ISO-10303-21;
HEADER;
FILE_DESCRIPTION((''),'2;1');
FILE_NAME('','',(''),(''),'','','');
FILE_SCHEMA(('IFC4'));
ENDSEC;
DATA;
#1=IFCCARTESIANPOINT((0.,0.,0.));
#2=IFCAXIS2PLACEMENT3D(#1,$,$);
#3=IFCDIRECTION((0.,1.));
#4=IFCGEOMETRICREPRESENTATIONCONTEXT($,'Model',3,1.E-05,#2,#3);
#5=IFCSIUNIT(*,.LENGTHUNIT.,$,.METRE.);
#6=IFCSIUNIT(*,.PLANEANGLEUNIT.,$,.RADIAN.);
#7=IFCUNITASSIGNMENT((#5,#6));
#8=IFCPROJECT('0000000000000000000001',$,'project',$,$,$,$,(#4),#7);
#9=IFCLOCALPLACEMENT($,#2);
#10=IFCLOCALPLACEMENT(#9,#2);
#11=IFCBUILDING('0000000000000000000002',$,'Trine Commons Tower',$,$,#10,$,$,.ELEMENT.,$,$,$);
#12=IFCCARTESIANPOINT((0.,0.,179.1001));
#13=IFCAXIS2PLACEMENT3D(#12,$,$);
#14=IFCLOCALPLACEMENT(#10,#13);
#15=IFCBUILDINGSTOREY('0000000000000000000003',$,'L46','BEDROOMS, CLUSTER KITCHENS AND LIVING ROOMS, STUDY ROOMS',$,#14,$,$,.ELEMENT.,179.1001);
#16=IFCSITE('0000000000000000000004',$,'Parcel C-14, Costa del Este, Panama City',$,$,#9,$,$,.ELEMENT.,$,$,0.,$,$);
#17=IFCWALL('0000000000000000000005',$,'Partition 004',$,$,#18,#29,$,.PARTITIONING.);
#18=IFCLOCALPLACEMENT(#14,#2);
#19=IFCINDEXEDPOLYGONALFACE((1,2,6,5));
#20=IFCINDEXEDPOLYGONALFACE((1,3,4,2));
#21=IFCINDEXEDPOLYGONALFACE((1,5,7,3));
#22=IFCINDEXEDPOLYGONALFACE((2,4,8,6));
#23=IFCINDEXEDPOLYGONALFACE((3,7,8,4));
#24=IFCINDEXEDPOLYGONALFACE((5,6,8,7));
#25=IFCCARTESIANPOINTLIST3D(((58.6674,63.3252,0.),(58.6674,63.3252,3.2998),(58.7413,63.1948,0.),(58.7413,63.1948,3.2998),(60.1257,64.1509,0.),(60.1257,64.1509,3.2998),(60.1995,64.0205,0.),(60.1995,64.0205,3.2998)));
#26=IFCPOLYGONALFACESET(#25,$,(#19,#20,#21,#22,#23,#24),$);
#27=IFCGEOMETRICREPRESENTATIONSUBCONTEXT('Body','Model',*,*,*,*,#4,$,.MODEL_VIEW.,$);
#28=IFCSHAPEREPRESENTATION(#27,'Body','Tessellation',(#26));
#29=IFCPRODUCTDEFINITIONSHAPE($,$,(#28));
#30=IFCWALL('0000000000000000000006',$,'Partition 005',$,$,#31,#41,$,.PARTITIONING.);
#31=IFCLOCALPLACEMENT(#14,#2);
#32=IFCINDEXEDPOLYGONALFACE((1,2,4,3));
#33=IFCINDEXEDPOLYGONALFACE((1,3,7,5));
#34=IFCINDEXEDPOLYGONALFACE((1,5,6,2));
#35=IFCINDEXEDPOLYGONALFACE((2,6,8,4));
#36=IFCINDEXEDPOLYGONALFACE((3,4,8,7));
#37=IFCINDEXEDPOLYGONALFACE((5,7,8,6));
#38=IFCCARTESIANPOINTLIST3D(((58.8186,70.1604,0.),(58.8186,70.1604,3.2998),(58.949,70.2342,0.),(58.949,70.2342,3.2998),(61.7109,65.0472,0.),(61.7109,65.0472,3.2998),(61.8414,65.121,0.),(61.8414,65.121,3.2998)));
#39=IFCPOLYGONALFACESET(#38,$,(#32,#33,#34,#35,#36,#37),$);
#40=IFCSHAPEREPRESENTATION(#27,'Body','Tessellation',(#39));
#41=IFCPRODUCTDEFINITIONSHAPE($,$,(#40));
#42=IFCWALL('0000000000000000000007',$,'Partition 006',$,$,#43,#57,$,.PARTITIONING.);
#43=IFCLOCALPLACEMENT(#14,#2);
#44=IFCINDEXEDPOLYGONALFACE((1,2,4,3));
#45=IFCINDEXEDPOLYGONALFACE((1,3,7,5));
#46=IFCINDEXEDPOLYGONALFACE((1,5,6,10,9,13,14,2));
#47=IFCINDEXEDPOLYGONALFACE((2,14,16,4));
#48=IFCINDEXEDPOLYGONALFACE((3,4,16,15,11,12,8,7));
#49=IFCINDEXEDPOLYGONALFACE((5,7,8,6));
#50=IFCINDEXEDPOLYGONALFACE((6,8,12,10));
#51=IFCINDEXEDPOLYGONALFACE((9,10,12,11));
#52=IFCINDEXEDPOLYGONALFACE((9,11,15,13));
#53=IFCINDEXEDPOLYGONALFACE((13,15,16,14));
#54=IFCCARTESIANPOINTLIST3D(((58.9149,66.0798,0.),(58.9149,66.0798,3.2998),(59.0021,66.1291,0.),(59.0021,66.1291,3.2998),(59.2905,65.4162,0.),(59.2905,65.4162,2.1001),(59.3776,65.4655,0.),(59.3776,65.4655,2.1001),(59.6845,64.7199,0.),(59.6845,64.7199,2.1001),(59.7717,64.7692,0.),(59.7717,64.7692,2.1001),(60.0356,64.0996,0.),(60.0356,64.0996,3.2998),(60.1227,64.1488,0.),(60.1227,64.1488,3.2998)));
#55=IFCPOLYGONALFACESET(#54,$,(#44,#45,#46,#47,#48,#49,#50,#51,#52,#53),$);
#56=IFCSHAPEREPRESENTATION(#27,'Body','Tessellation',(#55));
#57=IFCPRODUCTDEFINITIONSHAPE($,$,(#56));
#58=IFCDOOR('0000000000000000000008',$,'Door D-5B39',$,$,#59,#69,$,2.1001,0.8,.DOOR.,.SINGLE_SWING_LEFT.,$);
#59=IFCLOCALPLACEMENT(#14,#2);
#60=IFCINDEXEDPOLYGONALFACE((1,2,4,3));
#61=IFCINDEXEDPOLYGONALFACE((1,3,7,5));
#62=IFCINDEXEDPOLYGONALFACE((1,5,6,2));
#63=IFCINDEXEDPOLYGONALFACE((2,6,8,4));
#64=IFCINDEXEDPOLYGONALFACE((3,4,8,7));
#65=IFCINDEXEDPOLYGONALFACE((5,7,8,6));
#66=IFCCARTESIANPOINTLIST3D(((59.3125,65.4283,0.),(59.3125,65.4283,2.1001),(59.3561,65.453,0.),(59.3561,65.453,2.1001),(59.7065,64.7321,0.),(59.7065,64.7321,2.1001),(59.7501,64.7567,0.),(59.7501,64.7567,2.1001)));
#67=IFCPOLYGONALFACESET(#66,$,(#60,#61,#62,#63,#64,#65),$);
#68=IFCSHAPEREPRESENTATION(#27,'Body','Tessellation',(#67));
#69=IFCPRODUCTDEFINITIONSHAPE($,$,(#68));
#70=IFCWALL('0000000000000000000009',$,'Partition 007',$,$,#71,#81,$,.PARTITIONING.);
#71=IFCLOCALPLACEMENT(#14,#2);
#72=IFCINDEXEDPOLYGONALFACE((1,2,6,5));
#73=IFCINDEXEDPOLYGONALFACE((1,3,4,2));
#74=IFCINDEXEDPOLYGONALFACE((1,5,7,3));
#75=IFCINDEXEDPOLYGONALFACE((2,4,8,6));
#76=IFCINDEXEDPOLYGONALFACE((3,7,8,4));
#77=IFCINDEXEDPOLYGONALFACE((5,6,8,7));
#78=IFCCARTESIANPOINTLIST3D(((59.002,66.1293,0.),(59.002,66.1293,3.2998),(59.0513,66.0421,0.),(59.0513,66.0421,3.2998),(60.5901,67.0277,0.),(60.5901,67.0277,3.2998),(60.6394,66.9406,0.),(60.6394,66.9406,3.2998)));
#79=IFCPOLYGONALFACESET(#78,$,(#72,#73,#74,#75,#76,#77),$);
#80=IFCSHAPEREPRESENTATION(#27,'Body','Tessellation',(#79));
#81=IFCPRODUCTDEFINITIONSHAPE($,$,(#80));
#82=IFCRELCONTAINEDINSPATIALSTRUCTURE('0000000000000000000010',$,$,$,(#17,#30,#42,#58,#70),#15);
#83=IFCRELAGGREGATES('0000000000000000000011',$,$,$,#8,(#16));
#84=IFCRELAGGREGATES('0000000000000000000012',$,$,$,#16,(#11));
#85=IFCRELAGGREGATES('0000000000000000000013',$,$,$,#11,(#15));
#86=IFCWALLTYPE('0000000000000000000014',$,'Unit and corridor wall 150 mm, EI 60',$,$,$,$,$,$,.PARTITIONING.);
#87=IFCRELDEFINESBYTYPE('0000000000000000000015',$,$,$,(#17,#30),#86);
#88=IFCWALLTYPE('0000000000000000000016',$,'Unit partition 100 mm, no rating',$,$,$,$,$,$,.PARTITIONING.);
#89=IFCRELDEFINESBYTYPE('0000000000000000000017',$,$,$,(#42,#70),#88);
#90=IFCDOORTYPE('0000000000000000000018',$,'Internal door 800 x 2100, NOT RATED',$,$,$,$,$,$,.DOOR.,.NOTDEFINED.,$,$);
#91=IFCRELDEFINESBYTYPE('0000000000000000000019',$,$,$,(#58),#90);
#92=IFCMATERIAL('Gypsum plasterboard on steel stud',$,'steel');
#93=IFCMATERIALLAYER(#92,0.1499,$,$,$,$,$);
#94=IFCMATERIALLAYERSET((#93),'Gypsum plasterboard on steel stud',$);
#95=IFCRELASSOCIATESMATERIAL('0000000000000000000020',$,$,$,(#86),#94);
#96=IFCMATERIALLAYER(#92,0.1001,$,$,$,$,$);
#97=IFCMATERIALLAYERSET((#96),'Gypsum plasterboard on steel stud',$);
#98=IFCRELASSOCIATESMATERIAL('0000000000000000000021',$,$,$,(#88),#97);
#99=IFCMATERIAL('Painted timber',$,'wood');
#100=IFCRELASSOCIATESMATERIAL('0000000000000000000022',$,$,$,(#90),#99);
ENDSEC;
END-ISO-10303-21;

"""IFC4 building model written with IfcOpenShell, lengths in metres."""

from ifc_helpers import new_model, si_unit, direction, frame, frame_2d, origin, place, context, subcontext, project, spatial, rectangle, extrude, material, layer, layer_set, type_object, element, fill, save


model = new_model("IFC4")

# Units and contexts
model_context = context("Model", 3, precision=1e-05, world=origin(), true_north=direction((0.0, 1.0)))
body_context = subcontext(model_context, "Body", "Model", "MODEL_VIEW")
ifc_project = project(units=[si_unit("LENGTHUNIT", "METRE"), si_unit("PLANEANGLEUNIT", "RADIAN")], contexts=[model_context])

# Site, building, storey
site_placement = place(None, origin())
site = spatial("IfcSite", under=ifc_project, at=site_placement, Name="Parcel C-14, Costa del Este, Panama City", CompositionType="ELEMENT", RefElevation=0.0)
building_placement = place(site_placement, origin())
building = spatial("IfcBuilding", under=site, at=building_placement, Name="Trine Commons Tower", CompositionType="ELEMENT")
storey_placement = place(building_placement, frame((0.0, 0.0, 179.1001)))
storey = spatial("IfcBuildingStorey", under=building, at=storey_placement, Name="L46", Description="BEDROOMS, CLUSTER KITCHENS AND LIVING ROOMS, STUDY ROOMS", CompositionType="ELEMENT", Elevation=179.1001)

# Shared definitions
ifc_material_1 = material(Name="Gypsum plasterboard on steel stud", Category="steel")
ifc_layer_1 = layer(ifc_material_1, 0.1499)
ifc_layer_set_1 = layer_set([ifc_layer_1], Name="Gypsum plasterboard on steel stud")
wall_type_1 = type_object("IfcWallType", Name="Unit and corridor wall 150 mm, EI 60", PredefinedType="PARTITIONING", material=ifc_layer_set_1)

# Walls
wall_1_placement = place(storey_placement, frame((58.7043, 63.26, 0.0), z_axis=(0.0, 0.0, 1.0), x_axis=(0.870191, 0.492715, 0.0)))
element("IfcWall", 1, at=wall_1_placement, inside=storey, type_object=wall_type_1, Name="Partition 004", PredefinedType="PARTITIONING", context=body_context, shape_type="SweptSolid", body=[
    extrude(rectangle(XDim=1.6758, YDim=0.1499, at=frame_2d((0.8379, 0.0))), origin(), (0.0, 0.0, 1.0), 3.2998),
])
wall_2_placement = place(storey_placement, frame((58.8838, 70.1973, 0.0), z_axis=(0.0, 0.0, 1.0), x_axis=(0.492361, -0.870391, 0.0)))
element("IfcWall", 2, at=wall_2_placement, inside=storey, type_object=wall_type_1, Name="Partition 005", PredefinedType="PARTITIONING", context=body_context, shape_type="SweptSolid", body=[
    extrude(rectangle(XDim=5.8745, YDim=0.1499, at=frame_2d((2.9373, 0.0))), origin(), (0.0, 0.0, 1.0), 3.2998),
])

# Wall, opening, door
ifc_layer_2 = layer(ifc_material_1, 0.1001)
ifc_layer_set_2 = layer_set([ifc_layer_2], Name="Gypsum plasterboard on steel stud")
wall_type_2 = type_object("IfcWallType", Name="Unit partition 100 mm, no rating", PredefinedType="PARTITIONING", material=ifc_layer_set_2)
wall_3_placement = place(storey_placement, frame((58.9585, 66.1045, 0.0), z_axis=(0.0, 0.0, 1.0), x_axis=(0.492506, -0.870309, 0.0)))
wall_3 = element("IfcWall", 3, at=wall_3_placement, inside=storey, type_object=wall_type_2, Name="Partition 006", PredefinedType="PARTITIONING", context=body_context, shape_type="SweptSolid", body=[
    extrude(rectangle(XDim=2.2754, YDim=0.1001, at=frame_2d((1.1377, 0.0))), origin(), (0.0, 0.0, 1.0), 3.2998),
])
opening_1_placement = place(wall_3_placement, frame((0.7627, 0.0, 0.0)))
opening_1 = element("IfcOpeningElement", 4, at=opening_1_placement, cuts=wall_3, PredefinedType="OPENING", context=body_context, shape_type="SweptSolid", body=[
    extrude(rectangle(XDim=0.8, YDim=2.1001, at=frame_2d((0.3999, 1.05))), frame((0.0, 0.0601, 0.0), z_axis=(0.0, -1.0, 0.0), x_axis=(1.0, 0.0, 0.0)), (0.0, 0.0, 1.0), 0.1201),
])
ifc_material_2 = material(Name="Painted timber", Category="wood")
door_type_1 = type_object("IfcDoorType", Name="Internal door 800 x 2100, NOT RATED", OperationType="NOTDEFINED", PredefinedType="DOOR", material=ifc_material_2)
door_1_placement = place(opening_1_placement, frame((0.8, 0.0, 0.0), z_axis=(0.0, 0.0, 1.0), x_axis=(-1.0, 0.0, 0.0)))
door_1 = element("IfcDoor", 5, at=door_1_placement, inside=storey, type_object=door_type_1, Name="Door D-5B39", OperationType="SINGLE_SWING_LEFT", OverallHeight=2.1001, OverallWidth=0.8, PredefinedType="DOOR", context=body_context, shape_type="SweptSolid", body=[
    extrude(rectangle(XDim=0.8, YDim=2.1001, at=frame_2d((0.3999, 1.05))), frame((0.0, 0.0249, 0.0), z_axis=(0.0, -1.0, 0.0), x_axis=(1.0, 0.0, 0.0)), (0.0, 0.0, 1.0), 0.05),
])
fill(opening_1, door_1)

# Wall
wall_4_placement = place(storey_placement, frame((59.0266, 66.0857, 0.0), z_axis=(0.0, 0.0, 1.0), x_axis=(0.870376, 0.492388, 0.0)))
element("IfcWall", 6, at=wall_4_placement, inside=storey, type_object=wall_type_2, Name="Partition 007", PredefinedType="PARTITIONING", context=body_context, shape_type="SweptSolid", body=[
    extrude(rectangle(XDim=1.8247, YDim=0.1001, at=frame_2d((0.9124, 0.0))), origin(), (0.0, 0.0, 1.0), 3.2998),
])

save(model, "model.ifc")
